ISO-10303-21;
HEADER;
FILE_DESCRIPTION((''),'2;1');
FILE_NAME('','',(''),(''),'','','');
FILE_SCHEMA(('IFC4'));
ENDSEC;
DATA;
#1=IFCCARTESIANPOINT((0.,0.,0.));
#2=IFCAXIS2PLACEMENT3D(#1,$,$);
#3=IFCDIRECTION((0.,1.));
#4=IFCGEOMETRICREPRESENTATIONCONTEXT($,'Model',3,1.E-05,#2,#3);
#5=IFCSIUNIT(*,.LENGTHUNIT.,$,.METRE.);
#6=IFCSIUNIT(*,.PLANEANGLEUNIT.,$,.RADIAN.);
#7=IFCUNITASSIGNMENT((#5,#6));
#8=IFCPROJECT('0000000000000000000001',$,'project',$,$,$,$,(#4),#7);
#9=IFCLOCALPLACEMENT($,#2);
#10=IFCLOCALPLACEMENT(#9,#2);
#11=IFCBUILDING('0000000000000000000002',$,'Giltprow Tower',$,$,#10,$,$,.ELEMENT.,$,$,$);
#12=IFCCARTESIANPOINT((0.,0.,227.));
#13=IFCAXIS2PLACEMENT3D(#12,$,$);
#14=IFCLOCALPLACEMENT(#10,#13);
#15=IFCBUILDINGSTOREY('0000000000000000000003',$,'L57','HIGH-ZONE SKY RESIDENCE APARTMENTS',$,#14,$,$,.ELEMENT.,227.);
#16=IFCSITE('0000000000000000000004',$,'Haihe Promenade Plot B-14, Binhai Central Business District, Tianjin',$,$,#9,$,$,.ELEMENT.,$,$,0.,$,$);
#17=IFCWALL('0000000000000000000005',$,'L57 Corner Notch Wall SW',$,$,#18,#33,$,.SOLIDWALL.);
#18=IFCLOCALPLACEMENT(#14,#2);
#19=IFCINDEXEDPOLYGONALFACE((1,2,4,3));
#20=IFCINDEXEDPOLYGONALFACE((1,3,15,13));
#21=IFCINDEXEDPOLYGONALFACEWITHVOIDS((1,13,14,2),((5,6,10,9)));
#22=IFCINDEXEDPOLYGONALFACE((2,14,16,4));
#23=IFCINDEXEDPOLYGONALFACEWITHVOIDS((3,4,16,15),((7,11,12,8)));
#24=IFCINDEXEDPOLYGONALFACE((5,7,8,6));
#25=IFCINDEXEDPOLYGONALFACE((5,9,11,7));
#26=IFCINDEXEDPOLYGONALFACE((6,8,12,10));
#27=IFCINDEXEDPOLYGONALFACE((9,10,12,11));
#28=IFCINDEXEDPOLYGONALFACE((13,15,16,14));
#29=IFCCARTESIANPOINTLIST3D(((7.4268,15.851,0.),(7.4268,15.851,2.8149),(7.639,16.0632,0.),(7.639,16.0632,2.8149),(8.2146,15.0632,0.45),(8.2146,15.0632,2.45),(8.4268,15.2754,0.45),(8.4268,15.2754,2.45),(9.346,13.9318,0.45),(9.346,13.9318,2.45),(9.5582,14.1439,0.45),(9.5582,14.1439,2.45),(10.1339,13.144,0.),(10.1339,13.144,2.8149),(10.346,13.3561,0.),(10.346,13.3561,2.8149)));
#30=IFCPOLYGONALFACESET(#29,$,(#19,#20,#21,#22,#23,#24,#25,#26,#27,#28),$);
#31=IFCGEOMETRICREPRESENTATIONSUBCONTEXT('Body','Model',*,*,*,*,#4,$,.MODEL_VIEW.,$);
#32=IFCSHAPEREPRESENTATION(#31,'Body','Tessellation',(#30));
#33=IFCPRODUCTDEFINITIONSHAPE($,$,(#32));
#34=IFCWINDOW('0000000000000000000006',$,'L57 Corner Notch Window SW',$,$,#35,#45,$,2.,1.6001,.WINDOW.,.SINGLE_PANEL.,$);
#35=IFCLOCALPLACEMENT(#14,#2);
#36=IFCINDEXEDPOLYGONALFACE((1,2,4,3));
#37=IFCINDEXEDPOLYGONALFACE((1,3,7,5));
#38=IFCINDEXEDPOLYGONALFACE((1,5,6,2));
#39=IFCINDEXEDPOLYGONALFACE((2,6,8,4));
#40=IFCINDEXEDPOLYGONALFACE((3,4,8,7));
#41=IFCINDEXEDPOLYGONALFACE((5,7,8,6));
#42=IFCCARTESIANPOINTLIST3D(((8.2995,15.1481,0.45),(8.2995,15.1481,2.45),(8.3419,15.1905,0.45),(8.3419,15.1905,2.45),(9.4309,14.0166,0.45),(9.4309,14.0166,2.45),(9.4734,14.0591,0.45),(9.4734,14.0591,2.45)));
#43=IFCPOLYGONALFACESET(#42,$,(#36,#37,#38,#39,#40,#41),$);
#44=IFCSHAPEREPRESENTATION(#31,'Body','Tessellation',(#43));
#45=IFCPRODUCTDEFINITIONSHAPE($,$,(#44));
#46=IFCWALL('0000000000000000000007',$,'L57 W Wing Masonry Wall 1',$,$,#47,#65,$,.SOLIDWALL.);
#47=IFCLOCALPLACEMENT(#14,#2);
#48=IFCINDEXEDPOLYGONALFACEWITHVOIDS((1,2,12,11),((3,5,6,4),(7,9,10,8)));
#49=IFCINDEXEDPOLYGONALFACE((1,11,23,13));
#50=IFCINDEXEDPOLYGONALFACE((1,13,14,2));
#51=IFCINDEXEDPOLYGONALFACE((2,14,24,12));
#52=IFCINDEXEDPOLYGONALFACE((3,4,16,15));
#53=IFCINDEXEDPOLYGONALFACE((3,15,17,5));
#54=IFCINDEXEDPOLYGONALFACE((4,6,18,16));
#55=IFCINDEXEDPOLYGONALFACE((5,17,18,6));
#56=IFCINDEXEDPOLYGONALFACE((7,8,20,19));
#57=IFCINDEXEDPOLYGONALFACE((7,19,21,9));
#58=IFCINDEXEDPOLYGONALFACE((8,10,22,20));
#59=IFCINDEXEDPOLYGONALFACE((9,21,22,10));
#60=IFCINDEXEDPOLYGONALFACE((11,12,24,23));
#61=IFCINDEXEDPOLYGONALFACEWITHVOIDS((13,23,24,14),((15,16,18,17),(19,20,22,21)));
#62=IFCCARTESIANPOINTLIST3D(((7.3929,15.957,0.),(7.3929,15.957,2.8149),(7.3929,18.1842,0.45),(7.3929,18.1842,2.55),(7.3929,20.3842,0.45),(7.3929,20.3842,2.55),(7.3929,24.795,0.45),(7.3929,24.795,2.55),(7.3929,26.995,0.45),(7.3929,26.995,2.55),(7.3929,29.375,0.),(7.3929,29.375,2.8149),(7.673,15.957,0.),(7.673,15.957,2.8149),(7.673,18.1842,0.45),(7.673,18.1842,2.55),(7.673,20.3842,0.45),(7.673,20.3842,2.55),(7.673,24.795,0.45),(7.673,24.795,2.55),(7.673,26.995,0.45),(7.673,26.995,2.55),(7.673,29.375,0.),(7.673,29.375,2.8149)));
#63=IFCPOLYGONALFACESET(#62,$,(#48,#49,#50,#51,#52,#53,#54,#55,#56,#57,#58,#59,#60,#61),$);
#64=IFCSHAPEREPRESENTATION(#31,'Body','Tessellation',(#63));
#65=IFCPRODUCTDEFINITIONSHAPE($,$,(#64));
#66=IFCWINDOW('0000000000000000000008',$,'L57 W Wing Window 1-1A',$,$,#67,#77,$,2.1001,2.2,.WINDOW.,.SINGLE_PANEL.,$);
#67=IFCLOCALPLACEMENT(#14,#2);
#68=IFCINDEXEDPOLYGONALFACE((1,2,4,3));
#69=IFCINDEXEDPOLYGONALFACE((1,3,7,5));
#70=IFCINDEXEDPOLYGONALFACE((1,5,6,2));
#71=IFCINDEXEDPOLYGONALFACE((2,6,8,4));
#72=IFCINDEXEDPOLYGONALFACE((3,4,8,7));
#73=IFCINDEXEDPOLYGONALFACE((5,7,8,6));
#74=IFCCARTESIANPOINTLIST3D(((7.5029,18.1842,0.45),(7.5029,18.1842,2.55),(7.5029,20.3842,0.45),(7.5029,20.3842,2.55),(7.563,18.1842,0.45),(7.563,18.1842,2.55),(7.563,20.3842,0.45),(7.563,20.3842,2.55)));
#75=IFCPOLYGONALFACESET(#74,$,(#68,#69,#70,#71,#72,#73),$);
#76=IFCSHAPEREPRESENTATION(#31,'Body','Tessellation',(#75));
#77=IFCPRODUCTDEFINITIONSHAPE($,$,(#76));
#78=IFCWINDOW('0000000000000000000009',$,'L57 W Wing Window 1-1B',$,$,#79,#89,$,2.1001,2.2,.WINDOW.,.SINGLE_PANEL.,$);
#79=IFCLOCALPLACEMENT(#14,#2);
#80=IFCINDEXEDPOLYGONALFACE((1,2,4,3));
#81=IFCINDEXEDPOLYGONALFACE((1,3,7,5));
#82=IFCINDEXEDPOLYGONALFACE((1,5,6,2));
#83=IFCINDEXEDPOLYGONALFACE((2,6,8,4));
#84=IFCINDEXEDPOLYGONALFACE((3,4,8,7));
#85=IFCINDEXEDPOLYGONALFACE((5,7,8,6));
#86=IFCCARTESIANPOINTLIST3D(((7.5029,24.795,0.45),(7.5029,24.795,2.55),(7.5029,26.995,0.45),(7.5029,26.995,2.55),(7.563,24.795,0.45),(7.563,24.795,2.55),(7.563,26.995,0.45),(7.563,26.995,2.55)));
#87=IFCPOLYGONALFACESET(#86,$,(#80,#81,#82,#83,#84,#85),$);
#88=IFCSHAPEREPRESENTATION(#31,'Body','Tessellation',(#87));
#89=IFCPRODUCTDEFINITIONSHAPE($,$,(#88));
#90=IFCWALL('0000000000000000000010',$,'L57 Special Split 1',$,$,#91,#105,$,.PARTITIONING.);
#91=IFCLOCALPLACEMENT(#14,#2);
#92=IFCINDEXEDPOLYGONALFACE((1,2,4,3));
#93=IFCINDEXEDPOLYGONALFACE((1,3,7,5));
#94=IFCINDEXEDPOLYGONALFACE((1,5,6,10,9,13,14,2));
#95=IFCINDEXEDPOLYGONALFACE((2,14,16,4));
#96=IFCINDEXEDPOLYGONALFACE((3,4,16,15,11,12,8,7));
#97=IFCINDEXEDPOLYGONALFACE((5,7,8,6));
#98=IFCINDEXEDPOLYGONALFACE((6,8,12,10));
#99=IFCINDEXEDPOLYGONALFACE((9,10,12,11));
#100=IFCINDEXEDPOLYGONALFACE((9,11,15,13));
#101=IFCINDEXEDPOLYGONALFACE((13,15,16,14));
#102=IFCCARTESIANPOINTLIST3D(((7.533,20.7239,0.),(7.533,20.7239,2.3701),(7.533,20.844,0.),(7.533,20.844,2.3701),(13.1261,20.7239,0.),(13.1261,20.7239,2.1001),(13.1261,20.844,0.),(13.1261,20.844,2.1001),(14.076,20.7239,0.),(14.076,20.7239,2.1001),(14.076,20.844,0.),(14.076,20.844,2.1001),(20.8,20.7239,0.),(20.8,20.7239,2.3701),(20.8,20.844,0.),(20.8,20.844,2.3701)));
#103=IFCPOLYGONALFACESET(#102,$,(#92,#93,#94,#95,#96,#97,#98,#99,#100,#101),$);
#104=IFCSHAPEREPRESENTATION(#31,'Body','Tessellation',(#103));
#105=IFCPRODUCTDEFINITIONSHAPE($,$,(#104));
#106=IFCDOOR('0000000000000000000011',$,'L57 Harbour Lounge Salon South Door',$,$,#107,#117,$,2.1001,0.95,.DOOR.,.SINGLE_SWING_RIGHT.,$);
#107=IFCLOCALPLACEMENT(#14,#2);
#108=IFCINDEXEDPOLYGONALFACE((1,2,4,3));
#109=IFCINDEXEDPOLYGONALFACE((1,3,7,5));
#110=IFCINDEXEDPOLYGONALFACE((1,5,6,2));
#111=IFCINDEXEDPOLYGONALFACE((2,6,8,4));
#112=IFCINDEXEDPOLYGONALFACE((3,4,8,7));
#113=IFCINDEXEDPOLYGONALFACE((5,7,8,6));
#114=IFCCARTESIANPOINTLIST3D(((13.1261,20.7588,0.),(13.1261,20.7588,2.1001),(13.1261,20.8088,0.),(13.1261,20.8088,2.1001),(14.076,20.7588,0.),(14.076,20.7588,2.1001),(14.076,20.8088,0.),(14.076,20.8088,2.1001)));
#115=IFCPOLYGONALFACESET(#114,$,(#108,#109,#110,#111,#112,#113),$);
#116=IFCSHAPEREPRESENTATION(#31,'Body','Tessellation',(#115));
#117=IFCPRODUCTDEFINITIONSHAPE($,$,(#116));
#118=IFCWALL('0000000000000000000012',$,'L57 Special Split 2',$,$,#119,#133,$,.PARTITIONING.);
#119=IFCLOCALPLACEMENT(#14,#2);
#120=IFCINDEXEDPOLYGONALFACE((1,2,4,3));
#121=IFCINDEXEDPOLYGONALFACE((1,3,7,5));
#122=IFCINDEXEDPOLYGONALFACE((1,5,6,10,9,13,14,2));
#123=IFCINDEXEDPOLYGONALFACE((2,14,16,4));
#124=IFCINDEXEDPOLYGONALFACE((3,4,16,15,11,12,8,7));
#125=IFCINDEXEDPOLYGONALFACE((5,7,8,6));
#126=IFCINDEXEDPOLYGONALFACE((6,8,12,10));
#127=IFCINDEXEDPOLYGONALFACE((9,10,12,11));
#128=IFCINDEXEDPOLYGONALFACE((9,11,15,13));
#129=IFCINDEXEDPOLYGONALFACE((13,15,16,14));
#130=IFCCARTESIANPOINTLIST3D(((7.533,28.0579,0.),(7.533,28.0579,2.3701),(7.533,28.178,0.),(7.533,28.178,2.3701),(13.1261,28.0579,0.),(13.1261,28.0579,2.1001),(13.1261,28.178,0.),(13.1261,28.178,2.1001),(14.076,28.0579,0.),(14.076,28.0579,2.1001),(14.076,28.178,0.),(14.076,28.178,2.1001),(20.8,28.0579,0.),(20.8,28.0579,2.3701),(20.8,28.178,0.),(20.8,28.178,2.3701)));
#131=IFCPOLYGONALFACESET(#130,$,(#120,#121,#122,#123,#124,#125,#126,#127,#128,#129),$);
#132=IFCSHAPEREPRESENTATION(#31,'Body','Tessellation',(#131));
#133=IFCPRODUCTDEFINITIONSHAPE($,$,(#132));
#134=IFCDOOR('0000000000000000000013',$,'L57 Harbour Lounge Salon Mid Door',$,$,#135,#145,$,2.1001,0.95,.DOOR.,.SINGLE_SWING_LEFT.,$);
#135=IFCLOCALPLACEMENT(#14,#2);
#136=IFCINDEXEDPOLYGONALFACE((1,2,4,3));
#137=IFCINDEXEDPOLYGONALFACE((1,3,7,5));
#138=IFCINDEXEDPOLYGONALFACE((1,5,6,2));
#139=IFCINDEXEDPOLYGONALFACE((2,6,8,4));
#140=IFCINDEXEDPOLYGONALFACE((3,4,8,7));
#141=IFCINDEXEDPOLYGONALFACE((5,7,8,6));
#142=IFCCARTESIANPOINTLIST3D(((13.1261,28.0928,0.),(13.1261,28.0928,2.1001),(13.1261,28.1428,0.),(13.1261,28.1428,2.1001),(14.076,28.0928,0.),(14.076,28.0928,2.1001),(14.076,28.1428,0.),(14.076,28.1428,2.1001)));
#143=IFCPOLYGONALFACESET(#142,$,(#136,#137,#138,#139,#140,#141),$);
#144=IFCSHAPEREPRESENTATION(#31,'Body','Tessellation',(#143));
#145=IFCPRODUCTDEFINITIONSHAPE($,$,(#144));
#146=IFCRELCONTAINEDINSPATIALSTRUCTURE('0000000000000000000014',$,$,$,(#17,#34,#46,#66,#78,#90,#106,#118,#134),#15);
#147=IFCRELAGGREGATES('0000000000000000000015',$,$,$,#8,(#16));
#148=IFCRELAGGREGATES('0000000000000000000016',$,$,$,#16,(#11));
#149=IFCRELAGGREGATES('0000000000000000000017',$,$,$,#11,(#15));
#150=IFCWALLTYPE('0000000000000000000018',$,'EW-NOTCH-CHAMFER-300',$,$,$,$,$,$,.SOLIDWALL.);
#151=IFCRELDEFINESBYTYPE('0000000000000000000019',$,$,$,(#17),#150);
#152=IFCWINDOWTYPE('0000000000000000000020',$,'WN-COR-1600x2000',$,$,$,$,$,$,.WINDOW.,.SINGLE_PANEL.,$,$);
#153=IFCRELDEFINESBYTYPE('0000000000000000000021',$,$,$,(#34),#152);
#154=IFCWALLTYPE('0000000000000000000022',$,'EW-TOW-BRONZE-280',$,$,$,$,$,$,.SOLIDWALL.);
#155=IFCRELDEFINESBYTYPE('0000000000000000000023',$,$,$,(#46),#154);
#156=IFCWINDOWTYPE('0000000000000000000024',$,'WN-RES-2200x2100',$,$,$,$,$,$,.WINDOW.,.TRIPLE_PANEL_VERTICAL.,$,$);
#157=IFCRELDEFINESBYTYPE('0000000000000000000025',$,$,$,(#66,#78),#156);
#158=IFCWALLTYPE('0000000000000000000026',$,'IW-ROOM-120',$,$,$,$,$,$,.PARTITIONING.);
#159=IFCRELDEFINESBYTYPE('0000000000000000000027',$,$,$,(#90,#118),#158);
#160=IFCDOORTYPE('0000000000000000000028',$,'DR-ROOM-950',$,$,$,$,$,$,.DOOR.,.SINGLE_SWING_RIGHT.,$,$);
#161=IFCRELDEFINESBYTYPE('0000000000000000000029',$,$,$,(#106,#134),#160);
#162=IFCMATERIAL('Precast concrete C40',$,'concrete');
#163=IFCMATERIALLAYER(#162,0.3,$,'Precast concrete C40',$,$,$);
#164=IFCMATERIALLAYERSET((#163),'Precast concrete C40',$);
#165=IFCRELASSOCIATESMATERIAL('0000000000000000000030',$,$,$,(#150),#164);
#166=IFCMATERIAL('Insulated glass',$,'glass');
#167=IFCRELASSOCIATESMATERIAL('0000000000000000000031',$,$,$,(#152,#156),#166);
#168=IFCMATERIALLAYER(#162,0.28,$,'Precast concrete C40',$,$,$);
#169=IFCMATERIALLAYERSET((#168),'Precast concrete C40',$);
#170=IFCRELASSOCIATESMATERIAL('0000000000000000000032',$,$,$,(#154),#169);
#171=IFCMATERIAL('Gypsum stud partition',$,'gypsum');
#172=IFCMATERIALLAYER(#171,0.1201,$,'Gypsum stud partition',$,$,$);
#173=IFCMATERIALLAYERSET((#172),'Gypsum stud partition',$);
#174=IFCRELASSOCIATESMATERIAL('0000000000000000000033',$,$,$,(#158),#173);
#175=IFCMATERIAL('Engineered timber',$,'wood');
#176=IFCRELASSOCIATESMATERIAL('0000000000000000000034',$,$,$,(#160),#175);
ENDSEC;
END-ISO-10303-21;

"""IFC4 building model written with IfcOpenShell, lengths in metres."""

from ifc_helpers import new_model, si_unit, direction, frame, frame_2d, origin, place, context, subcontext, project, spatial, rectangle, extrude, source, transform, mapped, material, layer, layer_set, type_object, element, fill, save


model = new_model("IFC4")

# Units and contexts
model_context = context("Model", 3, precision=1e-05, world=origin(), true_north=direction((0.0, 1.0)))
body_context = subcontext(model_context, "Body", "Model", "MODEL_VIEW")
ifc_project = project(units=[si_unit("LENGTHUNIT", "METRE"), si_unit("PLANEANGLEUNIT", "RADIAN")], contexts=[model_context])

# Site, building, storey
site_placement = place(None, origin())
site = spatial("IfcSite", under=ifc_project, at=site_placement, Name="Haihe Promenade Plot B-14, Binhai Central Business District, Tianjin", CompositionType="ELEMENT", RefElevation=0.0)
building_placement = place(site_placement, origin())
building = spatial("IfcBuilding", under=site, at=building_placement, Name="Giltprow Tower", CompositionType="ELEMENT")
storey_placement = place(building_placement, frame((0.0, 0.0, 227.0)))
storey = spatial("IfcBuildingStorey", under=building, at=storey_placement, Name="L57", Description="HIGH-ZONE SKY RESIDENCE APARTMENTS", CompositionType="ELEMENT", Elevation=227.0)

# Shared definitions
ifc_material_1 = material(Name="Insulated glass", Category="glass")

# Wall, opening, window
ifc_material_2 = material(Name="Precast concrete C40", Category="concrete")
ifc_layer_1 = layer(ifc_material_2, 0.3, Name="Precast concrete C40")
ifc_layer_set_1 = layer_set([ifc_layer_1], Name="Precast concrete C40")
wall_type_1 = type_object("IfcWallType", Name="EW-NOTCH-CHAMFER-300", PredefinedType="SOLIDWALL", material=ifc_layer_set_1)
wall_1_placement = place(storey_placement, frame((7.533, 15.957, 0.0), z_axis=(0.0, 0.0, 1.0), x_axis=(0.707107, -0.707107, 0.0)))
wall_1 = element("IfcWall", 1, at=wall_1_placement, inside=storey, type_object=wall_type_1, Name="L57 Corner Notch Wall SW", PredefinedType="SOLIDWALL", context=body_context, shape_type="SweptSolid", body=[
    extrude(rectangle(XDim=3.8284, YDim=0.3, at=frame_2d((1.9141, 0.0))), origin(), (0.0, 0.0, 1.0), 2.8149),
])
opening_1_placement = place(wall_1_placement, frame((1.114, 0.0, 0.45)))
opening_1 = element("IfcOpeningElement", 2, at=opening_1_placement, cuts=wall_1, PredefinedType="OPENING", context=body_context, shape_type="SweptSolid", body=[
    extrude(rectangle(XDim=1.6001, YDim=2.0, at=frame_2d((0.8, 1.0))), frame((0.0, 0.1599, 0.0), z_axis=(0.0, -1.0, 0.0), x_axis=(1.0, 0.0, 0.0)), (0.0, 0.0, 1.0), 0.3201),
])
window_type_1 = type_object("IfcWindowType", Name="WN-COR-1600x2000", PartitioningType="SINGLE_PANEL", PredefinedType="WINDOW", material=ifc_material_1)
shared_shape_1 = source(origin(), body_context, "Body", "SweptSolid", [
    extrude(rectangle(XDim=1.6001, YDim=2.0, at=frame_2d((0.8, 1.0))), frame((0.0, 0.03, 0.0), z_axis=(0.0, -1.0, 0.0), x_axis=(1.0, 0.0, 0.0)), (0.0, 0.0, 1.0), 0.0601),
])
window_1_placement = place(opening_1_placement, origin())
window_1 = element("IfcWindow", 3, at=window_1_placement, inside=storey, type_object=window_type_1, Name="L57 Corner Notch Window SW", OverallHeight=2.0, OverallWidth=1.6001, PartitioningType="SINGLE_PANEL", PredefinedType="WINDOW", context=body_context, shape_type="MappedRepresentation", body=[
    mapped(shared_shape_1, transform((0.0, 0.0, 0.0), x_axis=(1.0, 0.0, 0.0), y_axis=(0.0, 1.0, 0.0), z_axis=(0.0, 0.0, 1.0), scale=1.0)),
])
fill(opening_1, window_1)

# Wall, openings, windows
ifc_layer_2 = layer(ifc_material_2, 0.28, Name="Precast concrete C40")
ifc_layer_set_2 = layer_set([ifc_layer_2], Name="Precast concrete C40")
wall_type_2 = type_object("IfcWallType", Name="EW-TOW-BRONZE-280", PredefinedType="SOLIDWALL", material=ifc_layer_set_2)
wall_2_placement = place(storey_placement, frame((7.533, 15.957, 0.0), z_axis=(0.0, 0.0, 1.0), x_axis=(0.0, 1.0, 0.0)))
wall_2 = element("IfcWall", 4, at=wall_2_placement, inside=storey, type_object=wall_type_2, Name="L57 W Wing Masonry Wall 1", PredefinedType="SOLIDWALL", context=body_context, shape_type="SweptSolid", body=[
    extrude(rectangle(XDim=13.418, YDim=0.28, at=frame_2d((6.709, 0.0))), origin(), (0.0, 0.0, 1.0), 2.8149),
])
opening_2_placement = place(wall_2_placement, frame((2.2271, 0.0, 0.45)))
opening_2 = element("IfcOpeningElement", 5, at=opening_2_placement, cuts=wall_2, PredefinedType="OPENING", context=body_context, shape_type="SweptSolid", body=[
    extrude(rectangle(XDim=2.2, YDim=2.1001, at=frame_2d((1.1001, 1.05))), frame((0.0, 0.1499, 0.0), z_axis=(0.0, -1.0, 0.0), x_axis=(1.0, 0.0, 0.0)), (0.0, 0.0, 1.0), 0.3),
])
opening_3_placement = place(wall_2_placement, frame((8.8379, 0.0, 0.45)))
opening_3 = element("IfcOpeningElement", 6, at=opening_3_placement, cuts=wall_2, PredefinedType="OPENING", context=body_context, shape_type="SweptSolid", body=[
    extrude(rectangle(XDim=2.2, YDim=2.1001, at=frame_2d((1.1001, 1.05))), frame((0.0, 0.1499, 0.0), z_axis=(0.0, -1.0, 0.0), x_axis=(1.0, 0.0, 0.0)), (0.0, 0.0, 1.0), 0.3),
])
window_type_2 = type_object("IfcWindowType", Name="WN-RES-2200x2100", PartitioningType="TRIPLE_PANEL_VERTICAL", PredefinedType="WINDOW", material=ifc_material_1)
shared_shape_2 = source(origin(), body_context, "Body", "SweptSolid", [
    extrude(rectangle(XDim=2.2, YDim=2.1001, at=frame_2d((1.1001, 1.05))), frame((0.0, 0.03, 0.0), z_axis=(0.0, -1.0, 0.0), x_axis=(1.0, 0.0, 0.0)), (0.0, 0.0, 1.0), 0.0601),
])
window_2_placement = place(opening_2_placement, origin())
window_2 = element("IfcWindow", 7, at=window_2_placement, inside=storey, type_object=window_type_2, Name="L57 W Wing Window 1-1A", OverallHeight=2.1001, OverallWidth=2.2, PartitioningType="SINGLE_PANEL", PredefinedType="WINDOW", context=body_context, shape_type="MappedRepresentation", body=[
    mapped(shared_shape_2, transform((0.0, 0.0, 0.0), x_axis=(1.0, 0.0, 0.0), y_axis=(0.0, 1.0, 0.0), z_axis=(0.0, 0.0, 1.0), scale=1.0)),
])
fill(opening_2, window_2)
window_3_placement = place(opening_3_placement, origin())
window_3 = element("IfcWindow", 8, at=window_3_placement, inside=storey, type_object=window_type_2, Name="L57 W Wing Window 1-1B", OverallHeight=2.1001, OverallWidth=2.2, PartitioningType="SINGLE_PANEL", PredefinedType="WINDOW", context=body_context, shape_type="MappedRepresentation", body=[
    mapped(shared_shape_2, transform((0.0, 0.0, 0.0), x_axis=(1.0, 0.0, 0.0), y_axis=(0.0, 1.0, 0.0), z_axis=(0.0, 0.0, 1.0), scale=1.0)),
])
fill(opening_3, window_3)

# Walls, openings, doors
ifc_material_3 = material(Name="Gypsum stud partition", Category="gypsum")
ifc_layer_3 = layer(ifc_material_3, 0.1201, Name="Gypsum stud partition")
ifc_layer_set_3 = layer_set([ifc_layer_3], Name="Gypsum stud partition")
wall_type_3 = type_object("IfcWallType", Name="IW-ROOM-120", PredefinedType="PARTITIONING", material=ifc_layer_set_3)
wall_3_placement = place(storey_placement, frame((7.533, 20.7839, 0.0), z_axis=(0.0, 0.0, 1.0), x_axis=(1.0, 0.0, 0.0)))
wall_3 = element("IfcWall", 9, at=wall_3_placement, inside=storey, type_object=wall_type_3, Name="L57 Special Split 1", PredefinedType="PARTITIONING", context=body_context, shape_type="SweptSolid", body=[
    extrude(rectangle(XDim=13.2671, YDim=0.1201, at=frame_2d((6.6335, 0.0))), origin(), (0.0, 0.0, 1.0), 2.3701),
])
opening_4_placement = place(wall_3_placement, frame((5.593, 0.0, 0.0)))
opening_4 = element("IfcOpeningElement", 10, at=opening_4_placement, cuts=wall_3, PredefinedType="OPENING", context=body_context, shape_type="SweptSolid", body=[
    extrude(rectangle(XDim=0.95, YDim=2.1001, at=frame_2d((0.4751, 1.05))), frame((0.0, 0.0701, 0.0), z_axis=(0.0, -1.0, 0.0), x_axis=(1.0, 0.0, 0.0)), (0.0, 0.0, 1.0), 0.1401),
])
ifc_material_4 = material(Name="Engineered timber", Category="wood")
door_type = type_object("IfcDoorType", Name="DR-ROOM-950", OperationType="SINGLE_SWING_RIGHT", PredefinedType="DOOR", material=ifc_material_4)
shared_shape_3 = source(origin(), body_context, "Body", "SweptSolid", [
    extrude(rectangle(XDim=0.95, YDim=2.1001, at=frame_2d((0.4751, 1.05))), frame((0.0, 0.0249, 0.0), z_axis=(0.0, -1.0, 0.0), x_axis=(1.0, 0.0, 0.0)), (0.0, 0.0, 1.0), 0.05),
])
door_1_placement = place(opening_4_placement, origin())
door_1 = element("IfcDoor", 11, at=door_1_placement, inside=storey, type_object=door_type, Name="L57 Harbour Lounge Salon South Door", OperationType="SINGLE_SWING_RIGHT", OverallHeight=2.1001, OverallWidth=0.95, PredefinedType="DOOR", context=body_context, shape_type="MappedRepresentation", body=[
    mapped(shared_shape_3, transform((0.0, 0.0, 0.0), x_axis=(1.0, 0.0, 0.0), y_axis=(0.0, 1.0, 0.0), z_axis=(0.0, 0.0, 1.0), scale=1.0)),
])
fill(opening_4, door_1)
wall_4_placement = place(storey_placement, frame((7.533, 28.1179, 0.0), z_axis=(0.0, 0.0, 1.0), x_axis=(1.0, 0.0, 0.0)))
wall_4 = element("IfcWall", 12, at=wall_4_placement, inside=storey, type_object=wall_type_3, Name="L57 Special Split 2", PredefinedType="PARTITIONING", context=body_context, shape_type="SweptSolid", body=[
    extrude(rectangle(XDim=13.2671, YDim=0.1201, at=frame_2d((6.6335, 0.0))), origin(), (0.0, 0.0, 1.0), 2.3701),
])
opening_5_placement = place(wall_4_placement, frame((5.593, 0.0, 0.0)))
opening_5 = element("IfcOpeningElement", 13, at=opening_5_placement, cuts=wall_4, PredefinedType="OPENING", context=body_context, shape_type="SweptSolid", body=[
    extrude(rectangle(XDim=0.95, YDim=2.1001, at=frame_2d((0.4751, 1.05))), frame((0.0, 0.0701, 0.0), z_axis=(0.0, -1.0, 0.0), x_axis=(1.0, 0.0, 0.0)), (0.0, 0.0, 1.0), 0.1401),
])
door_2_placement = place(opening_5_placement, origin())
door_2 = element("IfcDoor", 14, at=door_2_placement, inside=storey, type_object=door_type, Name="L57 Harbour Lounge Salon Mid Door", OperationType="SINGLE_SWING_LEFT", OverallHeight=2.1001, OverallWidth=0.95, PredefinedType="DOOR", context=body_context, shape_type="MappedRepresentation", body=[
    mapped(shared_shape_3, transform((0.0, 0.0, 0.0), x_axis=(1.0, 0.0, 0.0), y_axis=(0.0, 1.0, 0.0), z_axis=(0.0, 0.0, 1.0), scale=1.0)),
])
fill(opening_5, door_2)

save(model, "model.ifc")
